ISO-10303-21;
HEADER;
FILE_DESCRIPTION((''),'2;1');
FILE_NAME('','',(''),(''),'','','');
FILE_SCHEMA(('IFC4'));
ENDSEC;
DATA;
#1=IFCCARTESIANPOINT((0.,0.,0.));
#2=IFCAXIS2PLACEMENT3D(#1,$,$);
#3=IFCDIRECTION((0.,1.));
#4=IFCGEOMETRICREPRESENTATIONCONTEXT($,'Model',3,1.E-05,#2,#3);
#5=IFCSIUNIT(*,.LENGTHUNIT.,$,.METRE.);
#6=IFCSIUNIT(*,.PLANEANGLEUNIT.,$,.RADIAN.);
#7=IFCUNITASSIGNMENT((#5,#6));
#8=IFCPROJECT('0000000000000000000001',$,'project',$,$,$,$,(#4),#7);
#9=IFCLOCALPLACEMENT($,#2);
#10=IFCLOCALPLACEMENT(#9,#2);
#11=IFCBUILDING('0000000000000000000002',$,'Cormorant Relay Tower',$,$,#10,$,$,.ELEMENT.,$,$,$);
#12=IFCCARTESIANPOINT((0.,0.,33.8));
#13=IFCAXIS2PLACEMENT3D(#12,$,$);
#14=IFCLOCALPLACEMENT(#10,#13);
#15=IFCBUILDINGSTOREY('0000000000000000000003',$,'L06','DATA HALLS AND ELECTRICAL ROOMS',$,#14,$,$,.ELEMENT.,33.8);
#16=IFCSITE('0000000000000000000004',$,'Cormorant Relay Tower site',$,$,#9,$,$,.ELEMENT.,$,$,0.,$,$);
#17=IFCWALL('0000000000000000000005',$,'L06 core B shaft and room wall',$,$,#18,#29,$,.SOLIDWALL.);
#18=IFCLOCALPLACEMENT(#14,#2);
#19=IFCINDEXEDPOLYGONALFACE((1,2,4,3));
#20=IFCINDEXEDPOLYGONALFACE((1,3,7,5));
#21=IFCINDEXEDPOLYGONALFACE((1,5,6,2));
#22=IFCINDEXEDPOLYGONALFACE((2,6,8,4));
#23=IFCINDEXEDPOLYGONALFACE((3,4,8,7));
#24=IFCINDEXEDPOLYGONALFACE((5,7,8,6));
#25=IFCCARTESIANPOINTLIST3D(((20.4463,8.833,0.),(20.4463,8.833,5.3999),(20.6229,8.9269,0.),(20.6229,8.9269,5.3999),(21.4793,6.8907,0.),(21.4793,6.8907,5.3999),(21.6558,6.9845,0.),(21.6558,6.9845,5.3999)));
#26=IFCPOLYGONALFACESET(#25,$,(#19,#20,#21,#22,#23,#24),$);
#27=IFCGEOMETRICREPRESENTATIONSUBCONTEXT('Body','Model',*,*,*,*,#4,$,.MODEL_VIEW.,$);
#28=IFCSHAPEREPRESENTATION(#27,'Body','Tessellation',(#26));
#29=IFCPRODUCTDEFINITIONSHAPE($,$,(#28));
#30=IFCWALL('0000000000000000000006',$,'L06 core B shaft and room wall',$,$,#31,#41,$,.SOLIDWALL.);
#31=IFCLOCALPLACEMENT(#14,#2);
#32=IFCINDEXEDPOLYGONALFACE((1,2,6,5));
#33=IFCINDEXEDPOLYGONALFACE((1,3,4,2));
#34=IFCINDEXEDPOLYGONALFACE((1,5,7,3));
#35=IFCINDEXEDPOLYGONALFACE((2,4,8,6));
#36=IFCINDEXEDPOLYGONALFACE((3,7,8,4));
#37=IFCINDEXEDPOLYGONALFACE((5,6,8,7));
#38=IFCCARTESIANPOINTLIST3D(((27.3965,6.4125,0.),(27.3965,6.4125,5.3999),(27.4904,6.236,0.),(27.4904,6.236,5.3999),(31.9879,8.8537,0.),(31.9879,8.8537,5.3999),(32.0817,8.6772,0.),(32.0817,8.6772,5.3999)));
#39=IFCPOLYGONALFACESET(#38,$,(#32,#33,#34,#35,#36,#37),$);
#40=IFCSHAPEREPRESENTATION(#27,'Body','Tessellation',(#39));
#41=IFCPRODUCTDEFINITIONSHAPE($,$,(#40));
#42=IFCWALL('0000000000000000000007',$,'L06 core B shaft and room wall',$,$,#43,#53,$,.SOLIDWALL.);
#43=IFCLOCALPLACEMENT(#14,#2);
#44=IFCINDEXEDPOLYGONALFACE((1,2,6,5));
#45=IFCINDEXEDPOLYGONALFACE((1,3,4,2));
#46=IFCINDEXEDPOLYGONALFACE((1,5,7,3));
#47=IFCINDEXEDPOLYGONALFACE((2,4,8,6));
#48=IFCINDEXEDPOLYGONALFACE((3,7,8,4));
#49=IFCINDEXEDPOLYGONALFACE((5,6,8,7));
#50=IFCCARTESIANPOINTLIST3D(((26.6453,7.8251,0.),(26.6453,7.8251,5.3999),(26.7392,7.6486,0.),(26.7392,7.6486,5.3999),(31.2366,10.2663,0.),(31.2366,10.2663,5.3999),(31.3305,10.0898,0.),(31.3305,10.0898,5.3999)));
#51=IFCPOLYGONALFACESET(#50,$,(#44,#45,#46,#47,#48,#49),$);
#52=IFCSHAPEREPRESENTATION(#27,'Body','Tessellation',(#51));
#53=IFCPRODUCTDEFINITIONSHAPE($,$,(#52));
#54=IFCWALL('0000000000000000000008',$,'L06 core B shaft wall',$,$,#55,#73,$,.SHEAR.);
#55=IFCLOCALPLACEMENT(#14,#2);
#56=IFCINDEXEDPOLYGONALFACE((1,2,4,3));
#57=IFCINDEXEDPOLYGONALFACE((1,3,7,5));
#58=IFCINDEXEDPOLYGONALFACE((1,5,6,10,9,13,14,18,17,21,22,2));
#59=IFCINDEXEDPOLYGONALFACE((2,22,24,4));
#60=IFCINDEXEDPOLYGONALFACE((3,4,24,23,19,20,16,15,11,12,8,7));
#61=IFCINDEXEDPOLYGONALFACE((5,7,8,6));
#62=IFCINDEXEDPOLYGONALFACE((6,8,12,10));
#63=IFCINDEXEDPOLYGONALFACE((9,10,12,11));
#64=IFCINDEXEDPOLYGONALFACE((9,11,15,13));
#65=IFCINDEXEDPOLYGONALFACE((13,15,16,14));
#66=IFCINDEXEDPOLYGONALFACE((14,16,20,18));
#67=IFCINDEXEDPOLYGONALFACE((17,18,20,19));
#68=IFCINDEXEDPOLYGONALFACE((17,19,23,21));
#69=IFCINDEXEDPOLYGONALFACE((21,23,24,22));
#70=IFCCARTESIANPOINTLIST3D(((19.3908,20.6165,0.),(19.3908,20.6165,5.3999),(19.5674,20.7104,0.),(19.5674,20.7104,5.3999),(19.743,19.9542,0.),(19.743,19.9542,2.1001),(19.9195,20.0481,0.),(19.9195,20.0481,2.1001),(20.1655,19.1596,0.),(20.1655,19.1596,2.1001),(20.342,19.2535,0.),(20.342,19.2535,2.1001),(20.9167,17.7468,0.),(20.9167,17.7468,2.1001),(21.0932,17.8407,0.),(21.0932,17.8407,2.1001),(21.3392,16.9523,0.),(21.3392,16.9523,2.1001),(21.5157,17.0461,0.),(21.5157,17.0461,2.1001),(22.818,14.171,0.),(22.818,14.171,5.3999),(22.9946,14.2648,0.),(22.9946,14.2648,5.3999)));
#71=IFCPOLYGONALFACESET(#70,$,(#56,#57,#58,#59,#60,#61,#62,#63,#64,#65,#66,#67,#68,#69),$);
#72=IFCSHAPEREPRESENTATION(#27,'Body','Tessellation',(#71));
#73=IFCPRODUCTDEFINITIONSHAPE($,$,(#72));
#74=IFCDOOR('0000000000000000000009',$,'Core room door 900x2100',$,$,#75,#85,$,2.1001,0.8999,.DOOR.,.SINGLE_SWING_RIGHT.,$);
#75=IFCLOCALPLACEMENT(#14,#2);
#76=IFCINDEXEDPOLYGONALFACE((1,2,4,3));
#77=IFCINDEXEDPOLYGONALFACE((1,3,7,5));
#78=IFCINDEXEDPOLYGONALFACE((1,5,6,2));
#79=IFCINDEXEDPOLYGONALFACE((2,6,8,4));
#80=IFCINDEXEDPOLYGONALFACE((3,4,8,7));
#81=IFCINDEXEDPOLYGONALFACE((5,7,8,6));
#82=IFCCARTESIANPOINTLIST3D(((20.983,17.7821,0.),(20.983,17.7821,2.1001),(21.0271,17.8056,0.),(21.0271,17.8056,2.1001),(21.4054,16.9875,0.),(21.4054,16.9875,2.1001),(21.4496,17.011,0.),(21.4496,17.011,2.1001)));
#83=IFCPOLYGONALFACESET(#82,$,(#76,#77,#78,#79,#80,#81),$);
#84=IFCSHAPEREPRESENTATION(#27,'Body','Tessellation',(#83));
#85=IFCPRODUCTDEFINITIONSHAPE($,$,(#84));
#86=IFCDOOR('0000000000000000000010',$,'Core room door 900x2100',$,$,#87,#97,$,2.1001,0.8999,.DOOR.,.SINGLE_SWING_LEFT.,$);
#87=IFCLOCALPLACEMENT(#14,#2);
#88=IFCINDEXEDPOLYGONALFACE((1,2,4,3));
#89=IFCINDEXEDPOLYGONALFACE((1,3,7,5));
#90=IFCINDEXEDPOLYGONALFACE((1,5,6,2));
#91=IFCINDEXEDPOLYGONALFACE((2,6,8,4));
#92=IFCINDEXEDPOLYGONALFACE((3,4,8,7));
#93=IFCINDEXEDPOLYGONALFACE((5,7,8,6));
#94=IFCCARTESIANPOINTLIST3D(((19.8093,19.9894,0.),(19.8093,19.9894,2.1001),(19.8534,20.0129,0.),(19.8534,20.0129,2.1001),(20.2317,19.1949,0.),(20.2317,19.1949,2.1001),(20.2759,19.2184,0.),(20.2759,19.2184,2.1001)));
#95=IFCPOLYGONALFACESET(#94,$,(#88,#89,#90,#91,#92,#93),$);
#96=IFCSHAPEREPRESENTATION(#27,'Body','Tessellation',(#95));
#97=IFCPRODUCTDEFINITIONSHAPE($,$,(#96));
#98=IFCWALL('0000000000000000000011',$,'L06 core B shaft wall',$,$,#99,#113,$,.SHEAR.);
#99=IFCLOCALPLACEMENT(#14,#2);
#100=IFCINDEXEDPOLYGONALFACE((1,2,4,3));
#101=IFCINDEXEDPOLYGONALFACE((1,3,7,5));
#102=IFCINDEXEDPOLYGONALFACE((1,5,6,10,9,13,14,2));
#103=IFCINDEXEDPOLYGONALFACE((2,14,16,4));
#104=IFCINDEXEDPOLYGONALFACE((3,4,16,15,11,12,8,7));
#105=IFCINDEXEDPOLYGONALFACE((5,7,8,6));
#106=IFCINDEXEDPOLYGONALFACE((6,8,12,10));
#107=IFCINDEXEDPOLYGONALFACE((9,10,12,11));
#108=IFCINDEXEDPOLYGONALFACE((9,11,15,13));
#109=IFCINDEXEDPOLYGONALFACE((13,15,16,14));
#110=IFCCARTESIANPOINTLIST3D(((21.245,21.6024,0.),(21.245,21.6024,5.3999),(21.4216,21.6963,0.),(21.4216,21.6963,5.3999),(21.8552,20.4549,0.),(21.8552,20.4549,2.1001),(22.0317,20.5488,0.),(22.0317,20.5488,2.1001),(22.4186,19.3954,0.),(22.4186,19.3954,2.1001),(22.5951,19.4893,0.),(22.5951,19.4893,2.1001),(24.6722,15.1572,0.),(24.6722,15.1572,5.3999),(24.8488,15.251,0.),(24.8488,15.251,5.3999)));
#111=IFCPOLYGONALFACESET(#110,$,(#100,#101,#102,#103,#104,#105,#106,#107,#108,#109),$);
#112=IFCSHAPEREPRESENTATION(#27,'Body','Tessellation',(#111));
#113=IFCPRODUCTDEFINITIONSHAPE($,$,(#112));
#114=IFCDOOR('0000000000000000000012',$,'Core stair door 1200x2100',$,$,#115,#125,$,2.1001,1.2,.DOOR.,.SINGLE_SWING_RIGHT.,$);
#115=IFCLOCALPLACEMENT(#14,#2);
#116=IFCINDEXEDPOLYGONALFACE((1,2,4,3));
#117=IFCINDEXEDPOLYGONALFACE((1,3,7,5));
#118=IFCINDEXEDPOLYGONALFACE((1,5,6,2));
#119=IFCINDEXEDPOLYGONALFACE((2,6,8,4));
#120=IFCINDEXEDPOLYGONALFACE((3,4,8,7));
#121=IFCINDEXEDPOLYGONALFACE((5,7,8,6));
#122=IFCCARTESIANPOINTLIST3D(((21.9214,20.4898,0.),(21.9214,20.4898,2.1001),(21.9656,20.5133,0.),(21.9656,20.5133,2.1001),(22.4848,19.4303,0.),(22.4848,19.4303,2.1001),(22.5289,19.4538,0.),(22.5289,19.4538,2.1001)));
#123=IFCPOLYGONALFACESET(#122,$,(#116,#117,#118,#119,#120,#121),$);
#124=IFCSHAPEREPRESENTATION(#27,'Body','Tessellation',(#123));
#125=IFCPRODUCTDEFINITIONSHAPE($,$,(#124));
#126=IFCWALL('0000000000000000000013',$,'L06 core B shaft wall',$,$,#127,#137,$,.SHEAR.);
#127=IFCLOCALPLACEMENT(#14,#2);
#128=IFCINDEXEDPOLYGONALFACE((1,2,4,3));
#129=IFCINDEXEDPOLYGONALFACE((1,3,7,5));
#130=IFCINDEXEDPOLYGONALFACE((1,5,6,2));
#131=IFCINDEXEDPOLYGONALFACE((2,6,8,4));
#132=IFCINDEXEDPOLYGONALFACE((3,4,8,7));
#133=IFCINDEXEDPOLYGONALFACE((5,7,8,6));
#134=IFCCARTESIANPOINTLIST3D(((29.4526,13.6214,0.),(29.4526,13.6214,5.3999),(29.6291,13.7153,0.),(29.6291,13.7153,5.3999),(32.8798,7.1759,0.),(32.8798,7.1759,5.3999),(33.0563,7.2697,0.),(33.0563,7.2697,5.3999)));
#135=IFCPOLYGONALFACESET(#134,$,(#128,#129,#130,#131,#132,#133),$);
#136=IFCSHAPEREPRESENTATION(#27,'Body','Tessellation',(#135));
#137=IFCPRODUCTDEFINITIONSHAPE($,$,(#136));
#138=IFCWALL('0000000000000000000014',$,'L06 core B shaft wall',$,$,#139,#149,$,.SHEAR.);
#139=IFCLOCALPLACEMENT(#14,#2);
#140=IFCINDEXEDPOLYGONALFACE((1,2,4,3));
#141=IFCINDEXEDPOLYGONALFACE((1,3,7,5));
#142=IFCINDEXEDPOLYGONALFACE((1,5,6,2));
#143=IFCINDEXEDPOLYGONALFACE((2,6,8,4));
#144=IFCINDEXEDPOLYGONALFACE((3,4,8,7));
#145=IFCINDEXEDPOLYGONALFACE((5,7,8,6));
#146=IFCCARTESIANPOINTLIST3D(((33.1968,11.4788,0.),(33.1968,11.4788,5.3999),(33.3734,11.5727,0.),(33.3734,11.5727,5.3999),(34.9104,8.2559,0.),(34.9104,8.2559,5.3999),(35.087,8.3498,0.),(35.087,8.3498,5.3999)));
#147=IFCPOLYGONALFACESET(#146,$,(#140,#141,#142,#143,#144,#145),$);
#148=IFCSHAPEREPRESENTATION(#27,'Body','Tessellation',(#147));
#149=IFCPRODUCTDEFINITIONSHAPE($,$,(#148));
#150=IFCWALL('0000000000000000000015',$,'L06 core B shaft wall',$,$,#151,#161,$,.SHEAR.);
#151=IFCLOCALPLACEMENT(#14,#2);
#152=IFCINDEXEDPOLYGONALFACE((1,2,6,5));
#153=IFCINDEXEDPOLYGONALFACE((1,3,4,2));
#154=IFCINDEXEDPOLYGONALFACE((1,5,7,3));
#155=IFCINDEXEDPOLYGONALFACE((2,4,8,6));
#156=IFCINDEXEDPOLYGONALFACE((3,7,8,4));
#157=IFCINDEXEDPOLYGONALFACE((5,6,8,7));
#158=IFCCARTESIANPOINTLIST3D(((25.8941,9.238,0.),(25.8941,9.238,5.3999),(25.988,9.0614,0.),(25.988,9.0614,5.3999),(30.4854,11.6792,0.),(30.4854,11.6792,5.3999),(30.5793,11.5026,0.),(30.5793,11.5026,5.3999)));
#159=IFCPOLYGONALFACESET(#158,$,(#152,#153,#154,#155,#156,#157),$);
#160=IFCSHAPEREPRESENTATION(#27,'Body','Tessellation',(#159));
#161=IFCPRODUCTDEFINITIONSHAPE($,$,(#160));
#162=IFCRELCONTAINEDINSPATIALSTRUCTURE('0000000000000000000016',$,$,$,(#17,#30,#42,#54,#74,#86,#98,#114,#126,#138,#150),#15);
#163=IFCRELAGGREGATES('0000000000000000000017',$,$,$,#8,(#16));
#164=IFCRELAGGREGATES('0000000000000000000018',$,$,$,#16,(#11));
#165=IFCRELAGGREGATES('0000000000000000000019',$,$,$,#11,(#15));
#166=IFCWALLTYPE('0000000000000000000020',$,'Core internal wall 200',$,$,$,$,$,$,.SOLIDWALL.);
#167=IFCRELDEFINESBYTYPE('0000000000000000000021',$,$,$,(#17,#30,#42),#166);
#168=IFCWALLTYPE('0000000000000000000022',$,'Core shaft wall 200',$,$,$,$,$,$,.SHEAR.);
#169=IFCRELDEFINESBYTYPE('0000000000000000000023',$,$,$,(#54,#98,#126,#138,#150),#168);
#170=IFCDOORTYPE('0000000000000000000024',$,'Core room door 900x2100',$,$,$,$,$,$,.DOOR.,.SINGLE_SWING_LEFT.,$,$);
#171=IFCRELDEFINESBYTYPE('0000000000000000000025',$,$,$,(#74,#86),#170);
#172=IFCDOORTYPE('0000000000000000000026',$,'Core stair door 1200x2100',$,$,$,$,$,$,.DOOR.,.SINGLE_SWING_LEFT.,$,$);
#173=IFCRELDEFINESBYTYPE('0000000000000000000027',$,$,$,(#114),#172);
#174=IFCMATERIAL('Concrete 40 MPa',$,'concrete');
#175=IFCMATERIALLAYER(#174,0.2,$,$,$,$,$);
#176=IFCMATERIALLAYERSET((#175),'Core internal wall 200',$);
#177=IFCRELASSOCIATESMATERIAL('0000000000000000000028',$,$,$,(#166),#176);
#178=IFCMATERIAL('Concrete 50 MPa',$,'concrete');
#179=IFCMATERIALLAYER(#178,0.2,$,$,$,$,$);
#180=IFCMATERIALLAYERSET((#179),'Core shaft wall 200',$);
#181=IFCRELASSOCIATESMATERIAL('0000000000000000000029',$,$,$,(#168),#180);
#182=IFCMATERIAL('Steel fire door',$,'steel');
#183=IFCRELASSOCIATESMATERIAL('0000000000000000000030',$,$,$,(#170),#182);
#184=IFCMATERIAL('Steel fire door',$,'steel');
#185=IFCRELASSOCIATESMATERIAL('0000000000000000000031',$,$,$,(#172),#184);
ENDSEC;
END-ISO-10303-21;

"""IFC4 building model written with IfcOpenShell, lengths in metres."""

from ifc_helpers import new_model, si_unit, direction, frame, frame_2d, origin, place, context, subcontext, project, spatial, rectangle, extrude, material, layer, layer_set, type_object, element, fill, save


model = new_model("IFC4")

# Units and contexts
model_context = context("Model", 3, precision=1e-05, world=origin(), true_north=direction((0.0, 1.0)))
body_context = subcontext(model_context, "Body", "Model", "MODEL_VIEW")
ifc_project = project(units=[si_unit("LENGTHUNIT", "METRE"), si_unit("PLANEANGLEUNIT", "RADIAN")], contexts=[model_context])

# Site, building, storey
site_placement = place(None, origin())
site = spatial("IfcSite", under=ifc_project, at=site_placement, Name="Cormorant Relay Tower site", CompositionType="ELEMENT", RefElevation=0.0)
building_placement = place(site_placement, origin())
building = spatial("IfcBuilding", under=site, at=building_placement, Name="Cormorant Relay Tower", CompositionType="ELEMENT")
storey_placement = place(building_placement, frame((0.0, 0.0, 33.8)))
storey = spatial("IfcBuildingStorey", under=building, at=storey_placement, Name="L06", Description="DATA HALLS AND ELECTRICAL ROOMS", CompositionType="ELEMENT", Elevation=33.8)

# Walls
ifc_material_1 = material(Name="Concrete 40 MPa", Category="concrete")
ifc_layer_1 = layer(ifc_material_1, 0.2)
ifc_layer_set_1 = layer_set([ifc_layer_1], Name="Core internal wall 200")
wall_type_1 = type_object("IfcWallType", Name="Core internal wall 200", PredefinedType="SOLIDWALL", material=ifc_layer_set_1)
wall_1_placement = place(storey_placement, frame((21.5676, 6.9375, 0.0), z_axis=(0.0, 0.0, 1.0), x_axis=(-0.469534, 0.882914, 0.0)))
element("IfcWall", 1, at=wall_1_placement, inside=storey, type_object=wall_type_1, Name="L06 core B shaft and room wall", PredefinedType="SOLIDWALL", context=body_context, shape_type="SweptSolid", body=[
    extrude(rectangle(XDim=2.2, YDim=0.2, at=frame_2d((1.1001, 0.0))), origin(), (0.0, 0.0, 1.0), 5.3999),
])
for number, where, z_axis, x_axis, name in (
    (2, (27.4434, 6.3242, 0.0), (0.0, 0.0, 1.0), (0.882954, 0.46946, 0.0), "L06 core B shaft and room wall"),
    (3, (26.6921, 7.7368, 0.0), (0.0, 0.0, 1.0), (0.882954, 0.46946, 0.0), "L06 core B shaft and room wall"),
):
    element("IfcWall", number, at=place(storey_placement, frame(where, z_axis=z_axis, x_axis=x_axis)), inside=storey, type_object=wall_type_1, Name=name, PredefinedType="SOLIDWALL", context=body_context, shape_type="SweptSolid", body=[
        extrude(rectangle(XDim=5.2, YDim=0.2, at=frame_2d((2.6001, 0.0))), origin(), (0.0, 0.0, 1.0), 5.3999),
    ])

# Wall, openings, doors
ifc_material_2 = material(Name="Concrete 50 MPa", Category="concrete")
ifc_layer_2 = layer(ifc_material_2, 0.2)
ifc_layer_set_2 = layer_set([ifc_layer_2], Name="Core shaft wall 200")
wall_type_2 = type_object("IfcWallType", Name="Core shaft wall 200", PredefinedType="SHEAR", material=ifc_layer_set_2)
wall_2_placement = place(storey_placement, frame((22.9062, 14.218, 0.0), z_axis=(0.0, 0.0, 1.0), x_axis=(-0.46948, 0.882943, 0.0)))
wall_2 = element("IfcWall", 4, at=wall_2_placement, inside=storey, type_object=wall_type_2, Name="L06 core B shaft wall", PredefinedType="SHEAR", context=body_context, shape_type="SweptSolid", body=[
    extrude(rectangle(XDim=7.3, YDim=0.2, at=frame_2d((3.6499, 0.0))), origin(), (0.0, 0.0, 1.0), 5.3999),
])
opening_1_placement = place(wall_2_placement, frame((3.1499, 0.0, 0.0)))
opening_1 = element("IfcOpeningElement", 5, at=opening_1_placement, cuts=wall_2, PredefinedType="OPENING", context=body_context, shape_type="SweptSolid", body=[
    extrude(rectangle(XDim=0.8999, YDim=2.1001, at=frame_2d((0.45, 1.05))), frame((0.0, 0.1099, 0.0), z_axis=(0.0, -1.0, 0.0), x_axis=(1.0, 0.0, 0.0)), (0.0, 0.0, 1.0), 0.22),
])
opening_2_placement = place(wall_2_placement, frame((5.6499, 0.0, 0.0)))
opening_2 = element("IfcOpeningElement", 6, at=opening_2_placement, cuts=wall_2, PredefinedType="OPENING", context=body_context, shape_type="SweptSolid", body=[
    extrude(rectangle(XDim=0.8999, YDim=2.1001, at=frame_2d((0.45, 1.05))), frame((0.0, 0.1099, 0.0), z_axis=(0.0, -1.0, 0.0), x_axis=(1.0, 0.0, 0.0)), (0.0, 0.0, 1.0), 0.22),
])
ifc_material_3 = material(Name="Steel fire door", Category="steel")
door_type_1 = type_object("IfcDoorType", Name="Core room door 900x2100", OperationType="SINGLE_SWING_LEFT", PredefinedType="DOOR", material=ifc_material_3)
door_1_placement = place(opening_1_placement, origin())
door_1 = element("IfcDoor", 7, at=door_1_placement, inside=storey, type_object=door_type_1, Name="Core room door 900x2100", OperationType="SINGLE_SWING_RIGHT", OverallHeight=2.1001, OverallWidth=0.8999, PredefinedType="DOOR", context=body_context, shape_type="SweptSolid", body=[
    extrude(rectangle(XDim=0.8999, YDim=2.1001, at=frame_2d((0.45, 1.05))), frame((0.0, 0.0249, 0.0), z_axis=(0.0, -1.0, 0.0), x_axis=(1.0, 0.0, 0.0)), (0.0, 0.0, 1.0), 0.05),
])
fill(opening_1, door_1)
door_2_placement = place(opening_2_placement, origin())
door_2 = element("IfcDoor", 8, at=door_2_placement, inside=storey, type_object=door_type_1, Name="Core room door 900x2100", OperationType="SINGLE_SWING_LEFT", OverallHeight=2.1001, OverallWidth=0.8999, PredefinedType="DOOR", context=body_context, shape_type="SweptSolid", body=[
    extrude(rectangle(XDim=0.8999, YDim=2.1001, at=frame_2d((0.45, 1.05))), frame((0.0, 0.0249, 0.0), z_axis=(0.0, -1.0, 0.0), x_axis=(1.0, 0.0, 0.0)), (0.0, 0.0, 1.0), 0.05),
])
fill(opening_2, door_2)

# Wall, opening, door
wall_3_placement = place(storey_placement, frame((24.7605, 15.2041, 0.0), z_axis=(0.0, 0.0, 1.0), x_axis=(-0.469494, 0.882936, 0.0)))
wall_3 = element("IfcWall", 9, at=wall_3_placement, inside=storey, type_object=wall_type_2, Name="L06 core B shaft wall", PredefinedType="SHEAR", context=body_context, shape_type="SweptSolid", body=[
    extrude(rectangle(XDim=7.2998, YDim=0.2, at=frame_2d((3.6499, 0.0))), origin(), (0.0, 0.0, 1.0), 5.3999),
])
opening_3_placement = place(wall_3_placement, frame((4.8, 0.0, 0.0)))
opening_3 = element("IfcOpeningElement", 10, at=opening_3_placement, cuts=wall_3, PredefinedType="OPENING", context=body_context, shape_type="SweptSolid", body=[
    extrude(rectangle(XDim=1.2, YDim=2.1001, at=frame_2d((0.6001, 1.05))), frame((0.0, 0.1099, 0.0), z_axis=(0.0, -1.0, 0.0), x_axis=(1.0, 0.0, 0.0)), (0.0, 0.0, 1.0), 0.22),
])
ifc_material_4 = material(Name="Steel fire door", Category="steel")
door_type_2 = type_object("IfcDoorType", Name="Core stair door 1200x2100", OperationType="SINGLE_SWING_LEFT", PredefinedType="DOOR", material=ifc_material_4)
door_3_placement = place(opening_3_placement, frame((1.2, 0.0, 0.0), z_axis=(0.0, 0.0, 1.0), x_axis=(-1.0, 0.0, 0.0)))
door_3 = element("IfcDoor", 11, at=door_3_placement, inside=storey, type_object=door_type_2, Name="Core stair door 1200x2100", OperationType="SINGLE_SWING_RIGHT", OverallHeight=2.1001, OverallWidth=1.2, PredefinedType="DOOR", context=body_context, shape_type="SweptSolid", body=[
    extrude(rectangle(XDim=1.2, YDim=2.1001, at=frame_2d((0.6001, 1.05))), frame((0.0, 0.0249, 0.0), z_axis=(0.0, -1.0, 0.0), x_axis=(1.0, 0.0, 0.0)), (0.0, 0.0, 1.0), 0.05),
])
fill(opening_3, door_3)

# Walls
wall_4_placement = place(storey_placement, frame((32.968, 7.2229, 0.0), z_axis=(0.0, 0.0, 1.0), x_axis=(-0.46948, 0.882943, 0.0)))
element("IfcWall", 12, at=wall_4_placement, inside=storey, type_object=wall_type_2, Name="L06 core B shaft wall", PredefinedType="SHEAR", context=body_context, shape_type="SweptSolid", body=[
    extrude(rectangle(XDim=7.3, YDim=0.2, at=frame_2d((3.6499, 0.0))), origin(), (0.0, 0.0, 1.0), 5.3999),
])
wall_5_placement = place(storey_placement, frame((34.9988, 8.3027, 0.0), z_axis=(0.0, 0.0, 1.0), x_axis=(-0.469467, 0.88295, 0.0)))
element("IfcWall", 13, at=wall_5_placement, inside=storey, type_object=wall_type_2, Name="L06 core B shaft wall", PredefinedType="SHEAR", context=body_context, shape_type="SweptSolid", body=[
    extrude(rectangle(XDim=3.6501, YDim=0.2, at=frame_2d((1.8252, 0.0))), origin(), (0.0, 0.0, 1.0), 5.3999),
])

# Wall
wall_6_placement = place(storey_placement, frame((25.9409, 9.1497, 0.0), z_axis=(0.0, 0.0, 1.0), x_axis=(0.882954, 0.46946, 0.0)))
element("IfcWall", 14, at=wall_6_placement, inside=storey, type_object=wall_type_2, Name="L06 core B shaft wall", PredefinedType="SHEAR", context=body_context, shape_type="SweptSolid", body=[
    extrude(rectangle(XDim=5.2, YDim=0.2, at=frame_2d((2.6001, 0.0))), origin(), (0.0, 0.0, 1.0), 5.3999),
])

save(model, "model.ifc")
